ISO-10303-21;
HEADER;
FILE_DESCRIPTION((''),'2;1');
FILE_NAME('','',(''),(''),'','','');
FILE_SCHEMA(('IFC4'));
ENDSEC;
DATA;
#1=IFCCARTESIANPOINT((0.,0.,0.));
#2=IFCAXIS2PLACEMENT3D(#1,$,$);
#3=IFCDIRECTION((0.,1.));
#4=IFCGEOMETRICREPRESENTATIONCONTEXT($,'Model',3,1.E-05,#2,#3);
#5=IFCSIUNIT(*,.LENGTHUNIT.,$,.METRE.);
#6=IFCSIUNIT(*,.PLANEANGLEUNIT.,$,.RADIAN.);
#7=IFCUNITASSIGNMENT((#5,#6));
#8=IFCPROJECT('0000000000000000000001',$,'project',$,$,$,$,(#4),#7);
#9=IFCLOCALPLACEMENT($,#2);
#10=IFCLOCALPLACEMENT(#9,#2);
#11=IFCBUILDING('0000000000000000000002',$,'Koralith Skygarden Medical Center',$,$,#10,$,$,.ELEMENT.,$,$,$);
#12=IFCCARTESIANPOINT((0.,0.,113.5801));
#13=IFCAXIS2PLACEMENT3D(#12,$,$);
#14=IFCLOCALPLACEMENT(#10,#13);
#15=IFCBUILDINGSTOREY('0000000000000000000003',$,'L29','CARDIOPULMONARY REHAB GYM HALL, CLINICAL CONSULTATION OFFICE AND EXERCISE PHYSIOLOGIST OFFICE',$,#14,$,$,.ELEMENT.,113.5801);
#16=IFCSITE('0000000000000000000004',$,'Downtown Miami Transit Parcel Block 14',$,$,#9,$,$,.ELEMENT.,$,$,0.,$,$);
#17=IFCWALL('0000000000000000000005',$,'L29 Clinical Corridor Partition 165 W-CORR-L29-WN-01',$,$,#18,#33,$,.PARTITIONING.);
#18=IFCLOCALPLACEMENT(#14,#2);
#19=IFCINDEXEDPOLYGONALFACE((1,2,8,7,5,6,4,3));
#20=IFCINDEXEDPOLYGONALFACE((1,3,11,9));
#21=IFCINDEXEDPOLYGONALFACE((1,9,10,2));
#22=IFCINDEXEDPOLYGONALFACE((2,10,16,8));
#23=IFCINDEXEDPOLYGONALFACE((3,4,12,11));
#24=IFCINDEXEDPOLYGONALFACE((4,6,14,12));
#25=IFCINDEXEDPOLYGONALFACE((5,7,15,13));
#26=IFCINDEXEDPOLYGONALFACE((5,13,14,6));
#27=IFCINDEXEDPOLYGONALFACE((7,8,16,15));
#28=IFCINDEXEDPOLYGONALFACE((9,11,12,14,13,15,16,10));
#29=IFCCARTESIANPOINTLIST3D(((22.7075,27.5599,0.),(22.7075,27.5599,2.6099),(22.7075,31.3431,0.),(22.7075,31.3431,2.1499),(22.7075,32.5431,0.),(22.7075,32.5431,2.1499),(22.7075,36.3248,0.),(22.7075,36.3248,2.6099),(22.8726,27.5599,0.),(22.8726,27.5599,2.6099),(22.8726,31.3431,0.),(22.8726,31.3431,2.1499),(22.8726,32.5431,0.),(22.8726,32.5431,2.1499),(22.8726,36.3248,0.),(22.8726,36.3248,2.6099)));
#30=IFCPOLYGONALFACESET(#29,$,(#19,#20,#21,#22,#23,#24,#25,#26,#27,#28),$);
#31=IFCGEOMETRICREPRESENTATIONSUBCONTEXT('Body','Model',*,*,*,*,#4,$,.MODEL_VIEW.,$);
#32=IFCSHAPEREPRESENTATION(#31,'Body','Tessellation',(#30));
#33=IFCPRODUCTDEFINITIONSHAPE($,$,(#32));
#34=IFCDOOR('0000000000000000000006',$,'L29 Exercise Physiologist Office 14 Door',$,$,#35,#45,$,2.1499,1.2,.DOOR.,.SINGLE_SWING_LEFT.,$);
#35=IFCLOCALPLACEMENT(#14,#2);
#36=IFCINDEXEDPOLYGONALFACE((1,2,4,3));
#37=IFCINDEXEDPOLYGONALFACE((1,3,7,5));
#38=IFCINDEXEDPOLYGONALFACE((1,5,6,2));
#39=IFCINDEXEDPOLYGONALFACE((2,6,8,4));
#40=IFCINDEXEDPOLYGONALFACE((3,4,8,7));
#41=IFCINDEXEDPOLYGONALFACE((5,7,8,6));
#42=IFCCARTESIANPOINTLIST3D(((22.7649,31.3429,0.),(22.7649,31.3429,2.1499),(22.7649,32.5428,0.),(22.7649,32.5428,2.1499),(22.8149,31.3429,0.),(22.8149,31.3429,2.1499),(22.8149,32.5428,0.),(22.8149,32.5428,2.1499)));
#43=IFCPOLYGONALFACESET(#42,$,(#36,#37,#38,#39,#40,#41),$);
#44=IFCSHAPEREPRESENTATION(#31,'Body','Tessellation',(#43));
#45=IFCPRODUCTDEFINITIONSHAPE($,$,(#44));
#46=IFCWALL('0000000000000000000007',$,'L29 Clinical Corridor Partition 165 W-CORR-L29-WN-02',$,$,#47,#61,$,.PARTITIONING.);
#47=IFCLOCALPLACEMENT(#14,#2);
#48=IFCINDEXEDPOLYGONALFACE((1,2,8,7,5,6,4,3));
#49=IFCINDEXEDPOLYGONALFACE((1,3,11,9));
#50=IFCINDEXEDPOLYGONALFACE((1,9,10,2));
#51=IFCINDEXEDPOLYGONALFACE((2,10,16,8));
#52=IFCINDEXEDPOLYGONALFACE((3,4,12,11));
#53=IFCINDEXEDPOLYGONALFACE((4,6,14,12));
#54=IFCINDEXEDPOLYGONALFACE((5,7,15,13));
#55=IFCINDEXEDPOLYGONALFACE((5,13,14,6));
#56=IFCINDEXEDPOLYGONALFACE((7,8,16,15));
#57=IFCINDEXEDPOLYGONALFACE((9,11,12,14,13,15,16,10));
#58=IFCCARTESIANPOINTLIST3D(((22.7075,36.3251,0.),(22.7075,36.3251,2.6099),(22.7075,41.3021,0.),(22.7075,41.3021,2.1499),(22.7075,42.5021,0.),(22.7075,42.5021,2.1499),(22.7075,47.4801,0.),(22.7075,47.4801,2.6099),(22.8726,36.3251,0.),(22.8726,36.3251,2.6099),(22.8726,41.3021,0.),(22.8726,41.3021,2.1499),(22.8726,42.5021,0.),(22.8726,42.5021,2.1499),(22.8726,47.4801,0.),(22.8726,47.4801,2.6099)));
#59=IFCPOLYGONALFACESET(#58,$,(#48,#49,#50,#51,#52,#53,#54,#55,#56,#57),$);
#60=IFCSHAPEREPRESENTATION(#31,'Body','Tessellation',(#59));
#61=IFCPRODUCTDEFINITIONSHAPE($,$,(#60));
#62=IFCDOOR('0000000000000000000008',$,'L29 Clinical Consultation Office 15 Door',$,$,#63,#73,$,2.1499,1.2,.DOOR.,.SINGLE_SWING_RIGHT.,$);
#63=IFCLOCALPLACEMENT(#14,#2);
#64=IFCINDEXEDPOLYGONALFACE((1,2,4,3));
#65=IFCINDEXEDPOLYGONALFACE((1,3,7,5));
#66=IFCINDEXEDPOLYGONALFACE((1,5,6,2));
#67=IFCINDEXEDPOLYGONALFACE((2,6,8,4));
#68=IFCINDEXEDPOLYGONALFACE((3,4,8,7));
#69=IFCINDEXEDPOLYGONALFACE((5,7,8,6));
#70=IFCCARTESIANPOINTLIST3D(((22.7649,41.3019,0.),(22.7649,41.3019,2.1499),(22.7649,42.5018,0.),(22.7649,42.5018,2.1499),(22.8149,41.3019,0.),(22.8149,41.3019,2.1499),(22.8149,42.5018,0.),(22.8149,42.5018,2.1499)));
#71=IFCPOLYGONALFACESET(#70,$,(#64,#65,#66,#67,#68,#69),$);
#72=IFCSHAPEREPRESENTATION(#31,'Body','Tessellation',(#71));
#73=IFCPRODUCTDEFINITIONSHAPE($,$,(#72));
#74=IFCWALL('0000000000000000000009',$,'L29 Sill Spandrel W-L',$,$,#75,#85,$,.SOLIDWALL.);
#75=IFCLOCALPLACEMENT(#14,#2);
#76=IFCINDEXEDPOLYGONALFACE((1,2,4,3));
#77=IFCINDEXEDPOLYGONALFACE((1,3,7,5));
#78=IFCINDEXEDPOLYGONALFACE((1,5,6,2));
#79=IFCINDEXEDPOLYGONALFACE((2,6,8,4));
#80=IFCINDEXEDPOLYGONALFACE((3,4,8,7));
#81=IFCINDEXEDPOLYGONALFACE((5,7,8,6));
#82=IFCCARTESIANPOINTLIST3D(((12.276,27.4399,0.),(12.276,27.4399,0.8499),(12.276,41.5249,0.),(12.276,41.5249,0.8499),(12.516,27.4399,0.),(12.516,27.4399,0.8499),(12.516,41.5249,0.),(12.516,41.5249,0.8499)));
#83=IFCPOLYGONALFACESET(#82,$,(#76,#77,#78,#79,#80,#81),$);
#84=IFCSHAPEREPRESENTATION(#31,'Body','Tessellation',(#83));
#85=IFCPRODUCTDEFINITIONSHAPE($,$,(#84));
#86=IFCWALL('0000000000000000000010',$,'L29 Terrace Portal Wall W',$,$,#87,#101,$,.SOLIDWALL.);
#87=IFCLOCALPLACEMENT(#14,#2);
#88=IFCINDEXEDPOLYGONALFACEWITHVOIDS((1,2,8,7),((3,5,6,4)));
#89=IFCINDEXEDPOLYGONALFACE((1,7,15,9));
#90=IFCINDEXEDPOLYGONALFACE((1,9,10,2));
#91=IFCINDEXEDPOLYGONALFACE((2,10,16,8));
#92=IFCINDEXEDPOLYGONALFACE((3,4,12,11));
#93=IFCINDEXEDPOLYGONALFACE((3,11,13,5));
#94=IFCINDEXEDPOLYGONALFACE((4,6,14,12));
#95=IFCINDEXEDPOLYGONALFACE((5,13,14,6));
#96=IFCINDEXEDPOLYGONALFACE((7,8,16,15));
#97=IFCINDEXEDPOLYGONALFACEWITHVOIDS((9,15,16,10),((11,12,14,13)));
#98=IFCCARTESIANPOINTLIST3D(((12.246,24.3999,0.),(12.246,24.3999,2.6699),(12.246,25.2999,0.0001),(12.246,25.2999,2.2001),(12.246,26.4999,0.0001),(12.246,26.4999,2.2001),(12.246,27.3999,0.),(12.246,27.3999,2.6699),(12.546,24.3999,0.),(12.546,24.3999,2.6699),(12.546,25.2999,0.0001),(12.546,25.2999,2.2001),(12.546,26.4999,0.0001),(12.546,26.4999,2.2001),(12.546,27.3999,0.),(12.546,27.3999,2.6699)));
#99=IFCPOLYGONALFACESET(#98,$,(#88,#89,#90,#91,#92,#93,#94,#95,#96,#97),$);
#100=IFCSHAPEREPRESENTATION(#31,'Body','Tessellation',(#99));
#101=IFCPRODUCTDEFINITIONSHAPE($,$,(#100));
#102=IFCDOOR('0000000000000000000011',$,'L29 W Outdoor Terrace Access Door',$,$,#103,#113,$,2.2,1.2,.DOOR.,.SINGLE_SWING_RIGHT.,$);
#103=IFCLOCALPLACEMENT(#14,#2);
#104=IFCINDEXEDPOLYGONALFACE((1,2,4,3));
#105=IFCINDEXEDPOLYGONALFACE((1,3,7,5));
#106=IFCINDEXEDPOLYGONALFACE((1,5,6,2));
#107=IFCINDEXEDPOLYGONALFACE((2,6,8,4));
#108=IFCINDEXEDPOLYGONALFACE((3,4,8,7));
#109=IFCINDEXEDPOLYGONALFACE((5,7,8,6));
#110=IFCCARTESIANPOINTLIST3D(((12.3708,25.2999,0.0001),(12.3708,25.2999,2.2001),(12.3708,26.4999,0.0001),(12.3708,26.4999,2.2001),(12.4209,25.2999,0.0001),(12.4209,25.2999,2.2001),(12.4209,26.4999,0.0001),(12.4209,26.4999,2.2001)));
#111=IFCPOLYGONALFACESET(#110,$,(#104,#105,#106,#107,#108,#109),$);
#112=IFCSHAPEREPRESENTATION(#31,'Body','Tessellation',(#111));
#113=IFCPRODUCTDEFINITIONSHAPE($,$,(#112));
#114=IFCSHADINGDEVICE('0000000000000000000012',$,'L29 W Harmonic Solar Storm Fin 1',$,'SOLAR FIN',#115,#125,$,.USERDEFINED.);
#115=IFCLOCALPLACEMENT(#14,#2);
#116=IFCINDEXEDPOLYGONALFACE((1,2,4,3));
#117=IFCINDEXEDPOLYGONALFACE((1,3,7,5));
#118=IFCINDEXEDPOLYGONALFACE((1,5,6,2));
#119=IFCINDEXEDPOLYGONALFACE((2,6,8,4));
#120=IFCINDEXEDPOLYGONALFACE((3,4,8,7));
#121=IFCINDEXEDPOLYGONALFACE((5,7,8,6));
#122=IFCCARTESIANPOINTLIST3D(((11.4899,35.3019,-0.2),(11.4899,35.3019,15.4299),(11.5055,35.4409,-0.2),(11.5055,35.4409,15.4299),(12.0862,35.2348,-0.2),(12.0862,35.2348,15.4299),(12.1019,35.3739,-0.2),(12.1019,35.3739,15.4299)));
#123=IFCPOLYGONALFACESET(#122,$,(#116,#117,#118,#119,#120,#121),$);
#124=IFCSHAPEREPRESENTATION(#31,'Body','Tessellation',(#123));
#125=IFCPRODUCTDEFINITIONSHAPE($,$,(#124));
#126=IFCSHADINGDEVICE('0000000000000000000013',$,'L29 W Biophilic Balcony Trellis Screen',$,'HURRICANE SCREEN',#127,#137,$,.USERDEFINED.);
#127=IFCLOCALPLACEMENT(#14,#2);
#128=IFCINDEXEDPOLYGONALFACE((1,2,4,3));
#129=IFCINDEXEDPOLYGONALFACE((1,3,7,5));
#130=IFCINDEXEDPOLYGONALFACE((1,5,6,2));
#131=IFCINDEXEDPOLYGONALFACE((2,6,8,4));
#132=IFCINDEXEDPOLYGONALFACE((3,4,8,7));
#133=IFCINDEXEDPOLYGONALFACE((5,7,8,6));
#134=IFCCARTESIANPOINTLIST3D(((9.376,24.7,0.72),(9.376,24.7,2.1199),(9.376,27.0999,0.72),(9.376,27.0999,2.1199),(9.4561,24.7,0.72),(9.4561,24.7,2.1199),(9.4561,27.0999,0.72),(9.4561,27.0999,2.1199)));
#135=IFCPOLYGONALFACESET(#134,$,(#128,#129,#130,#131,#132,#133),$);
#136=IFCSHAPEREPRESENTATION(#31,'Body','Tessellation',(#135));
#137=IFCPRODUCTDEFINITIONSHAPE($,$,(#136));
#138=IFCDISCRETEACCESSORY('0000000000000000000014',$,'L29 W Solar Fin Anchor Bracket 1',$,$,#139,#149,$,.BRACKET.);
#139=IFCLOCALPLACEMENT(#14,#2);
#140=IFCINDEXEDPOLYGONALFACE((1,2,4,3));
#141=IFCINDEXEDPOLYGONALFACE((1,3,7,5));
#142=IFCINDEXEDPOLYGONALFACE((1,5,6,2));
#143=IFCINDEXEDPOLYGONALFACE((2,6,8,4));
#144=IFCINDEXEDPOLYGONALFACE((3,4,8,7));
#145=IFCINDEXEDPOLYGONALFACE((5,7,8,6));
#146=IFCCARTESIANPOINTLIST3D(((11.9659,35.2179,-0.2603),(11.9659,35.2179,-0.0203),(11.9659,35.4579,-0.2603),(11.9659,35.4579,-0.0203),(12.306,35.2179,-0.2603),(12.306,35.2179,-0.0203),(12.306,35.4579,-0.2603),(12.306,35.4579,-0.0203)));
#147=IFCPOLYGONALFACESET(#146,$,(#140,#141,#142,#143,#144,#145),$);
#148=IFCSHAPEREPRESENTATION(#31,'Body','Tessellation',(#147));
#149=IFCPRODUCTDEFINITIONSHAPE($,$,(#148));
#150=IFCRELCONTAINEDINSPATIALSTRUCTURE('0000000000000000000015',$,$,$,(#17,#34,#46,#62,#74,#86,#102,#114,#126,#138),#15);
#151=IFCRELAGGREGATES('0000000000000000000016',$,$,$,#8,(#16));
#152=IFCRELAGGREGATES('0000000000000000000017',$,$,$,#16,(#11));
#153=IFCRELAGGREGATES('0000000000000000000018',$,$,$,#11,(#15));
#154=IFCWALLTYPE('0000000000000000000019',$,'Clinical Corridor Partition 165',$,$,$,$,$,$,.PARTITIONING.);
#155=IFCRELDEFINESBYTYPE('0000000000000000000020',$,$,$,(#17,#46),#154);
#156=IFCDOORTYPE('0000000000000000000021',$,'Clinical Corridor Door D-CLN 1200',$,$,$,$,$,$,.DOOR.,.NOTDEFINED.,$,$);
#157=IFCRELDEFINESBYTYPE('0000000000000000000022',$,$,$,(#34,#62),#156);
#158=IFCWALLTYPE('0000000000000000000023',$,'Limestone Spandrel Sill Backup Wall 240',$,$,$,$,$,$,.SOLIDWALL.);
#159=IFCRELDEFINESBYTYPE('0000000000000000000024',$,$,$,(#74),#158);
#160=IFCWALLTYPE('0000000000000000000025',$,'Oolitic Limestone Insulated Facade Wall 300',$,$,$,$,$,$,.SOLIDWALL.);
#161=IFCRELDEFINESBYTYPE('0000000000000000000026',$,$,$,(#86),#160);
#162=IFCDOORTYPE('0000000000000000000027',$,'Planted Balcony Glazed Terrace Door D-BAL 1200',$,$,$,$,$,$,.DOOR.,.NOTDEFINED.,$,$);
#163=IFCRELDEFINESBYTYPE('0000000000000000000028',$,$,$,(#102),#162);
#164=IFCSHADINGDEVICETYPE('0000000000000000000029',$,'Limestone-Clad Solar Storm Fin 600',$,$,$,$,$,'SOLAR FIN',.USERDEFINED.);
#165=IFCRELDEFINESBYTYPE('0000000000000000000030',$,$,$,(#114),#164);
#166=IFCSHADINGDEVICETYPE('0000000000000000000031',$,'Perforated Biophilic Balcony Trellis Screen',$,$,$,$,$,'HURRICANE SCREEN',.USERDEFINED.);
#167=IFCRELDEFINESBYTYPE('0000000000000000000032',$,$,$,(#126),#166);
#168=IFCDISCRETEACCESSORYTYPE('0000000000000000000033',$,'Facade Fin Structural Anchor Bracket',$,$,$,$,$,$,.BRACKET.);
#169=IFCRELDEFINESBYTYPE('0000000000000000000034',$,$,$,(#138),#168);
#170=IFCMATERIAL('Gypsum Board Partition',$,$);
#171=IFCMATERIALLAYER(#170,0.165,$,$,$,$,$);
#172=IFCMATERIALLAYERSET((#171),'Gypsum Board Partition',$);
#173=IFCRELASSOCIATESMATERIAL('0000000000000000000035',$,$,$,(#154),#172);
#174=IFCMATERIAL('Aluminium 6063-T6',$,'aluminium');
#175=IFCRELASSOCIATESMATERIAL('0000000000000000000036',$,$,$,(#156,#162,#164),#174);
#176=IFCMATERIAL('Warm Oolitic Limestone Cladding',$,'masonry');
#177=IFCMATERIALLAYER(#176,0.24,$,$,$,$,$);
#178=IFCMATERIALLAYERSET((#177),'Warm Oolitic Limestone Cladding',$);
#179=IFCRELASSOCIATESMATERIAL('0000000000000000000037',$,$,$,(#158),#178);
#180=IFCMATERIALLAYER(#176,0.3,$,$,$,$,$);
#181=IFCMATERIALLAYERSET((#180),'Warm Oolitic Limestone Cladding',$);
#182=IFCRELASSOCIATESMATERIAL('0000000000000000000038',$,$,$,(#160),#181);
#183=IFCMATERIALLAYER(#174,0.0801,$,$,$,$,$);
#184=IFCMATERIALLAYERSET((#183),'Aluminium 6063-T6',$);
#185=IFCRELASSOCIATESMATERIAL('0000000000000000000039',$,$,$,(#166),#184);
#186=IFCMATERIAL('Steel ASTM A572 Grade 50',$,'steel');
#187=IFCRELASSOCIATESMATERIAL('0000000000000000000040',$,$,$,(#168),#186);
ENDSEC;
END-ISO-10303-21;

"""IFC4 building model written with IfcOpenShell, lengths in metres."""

from ifc_helpers import new_model, si_unit, direction, frame, frame_2d, origin, origin_2d, place, context, subcontext, project, spatial, rectangle, extrude, material, layer, layer_set, type_object, element, fill, save


model = new_model("IFC4")

# Units and contexts
model_context = context("Model", 3, precision=1e-05, world=origin(), true_north=direction((0.0, 1.0)))
body_context = subcontext(model_context, "Body", "Model", "MODEL_VIEW")
ifc_project = project(units=[si_unit("LENGTHUNIT", "METRE"), si_unit("PLANEANGLEUNIT", "RADIAN")], contexts=[model_context])

# Site, building, storey
site_placement = place(None, origin())
site = spatial("IfcSite", under=ifc_project, at=site_placement, Name="Downtown Miami Transit Parcel Block 14", CompositionType="ELEMENT", RefElevation=0.0)
building_placement = place(site_placement, origin())
building = spatial("IfcBuilding", under=site, at=building_placement, Name="Koralith Skygarden Medical Center", CompositionType="ELEMENT")
storey_placement = place(building_placement, frame((0.0, 0.0, 113.5801)))
storey = spatial("IfcBuildingStorey", under=building, at=storey_placement, Name="L29", Description="CARDIOPULMONARY REHAB GYM HALL, CLINICAL CONSULTATION OFFICE AND EXERCISE PHYSIOLOGIST OFFICE", CompositionType="ELEMENT", Elevation=113.5801)

# Shared definitions
ifc_material_1 = material(Name="Aluminium 6063-T6", Category="aluminium")

# Shared definitions
ifc_material_2 = material(Name="Gypsum Board Partition")
ifc_layer_1 = layer(ifc_material_2, 0.165)
ifc_layer_set_1 = layer_set([ifc_layer_1], Name="Gypsum Board Partition")
wall_type_1 = type_object("IfcWallType", Name="Clinical Corridor Partition 165", PredefinedType="PARTITIONING", material=ifc_layer_set_1)

# Walls, openings, doors
wall_1_placement = place(storey_placement, frame((22.79, 27.5601, 0.0), z_axis=(0.0, 0.0, 1.0), x_axis=(0.0, 1.0, 0.0)))
wall_1 = element("IfcWall", 1, at=wall_1_placement, inside=storey, type_object=wall_type_1, Name="L29 Clinical Corridor Partition 165 W-CORR-L29-WN-01", PredefinedType="PARTITIONING", context=body_context, shape_type="SweptSolid", body=[
    extrude(rectangle(XDim=8.7649, YDim=0.165, at=frame_2d((4.3823, 0.0))), origin(), (0.0, 0.0, 1.0), 2.6099),
])
opening_1_placement = place(wall_1_placement, frame((3.783, 0.0, 0.0)))
opening_1 = element("IfcOpeningElement", 2, at=opening_1_placement, cuts=wall_1, PredefinedType="OPENING", context=body_context, shape_type="SweptSolid", body=[
    extrude(rectangle(XDim=1.2, YDim=2.1499, at=frame_2d((0.6001, 1.075))), frame((0.0, 0.0925, 0.0), z_axis=(0.0, -1.0, 0.0), x_axis=(1.0, 0.0, 0.0)), (0.0, 0.0, 1.0), 0.1851),
])
door_type_1 = type_object("IfcDoorType", Name="Clinical Corridor Door D-CLN 1200", OperationType="NOTDEFINED", PredefinedType="DOOR", material=ifc_material_1)
door_1_placement = place(opening_1_placement, frame((1.2, 0.0, 0.0), z_axis=(0.0, 0.0, 1.0), x_axis=(-1.0, 0.0, 0.0)))
door_1 = element("IfcDoor", 3, at=door_1_placement, inside=storey, type_object=door_type_1, Name="L29 Exercise Physiologist Office 14 Door", OperationType="SINGLE_SWING_LEFT", OverallHeight=2.1499, OverallWidth=1.2, PredefinedType="DOOR", context=body_context, shape_type="SweptSolid", body=[
    extrude(rectangle(XDim=1.2, YDim=2.1499, at=frame_2d((0.6001, 1.075))), frame((0.0, 0.0249, 0.0), z_axis=(0.0, -1.0, 0.0), x_axis=(1.0, 0.0, 0.0)), (0.0, 0.0, 1.0), 0.05),
])
fill(opening_1, door_1)
wall_2_placement = place(storey_placement, frame((22.79, 36.325, 0.0), z_axis=(0.0, 0.0, 1.0), x_axis=(0.0, 1.0, 0.0)))
wall_2 = element("IfcWall", 4, at=wall_2_placement, inside=storey, type_object=wall_type_1, Name="L29 Clinical Corridor Partition 165 W-CORR-L29-WN-02", PredefinedType="PARTITIONING", context=body_context, shape_type="SweptSolid", body=[
    extrude(rectangle(XDim=11.155, YDim=0.165, at=frame_2d((5.5776, 0.0))), origin(), (0.0, 0.0, 1.0), 2.6099),
])
opening_2_placement = place(wall_2_placement, frame((4.9771, 0.0, 0.0)))
opening_2 = element("IfcOpeningElement", 5, at=opening_2_placement, cuts=wall_2, PredefinedType="OPENING", context=body_context, shape_type="SweptSolid", body=[
    extrude(rectangle(XDim=1.2, YDim=2.1499, at=frame_2d((0.6001, 1.075))), frame((0.0, 0.0925, 0.0), z_axis=(0.0, -1.0, 0.0), x_axis=(1.0, 0.0, 0.0)), (0.0, 0.0, 1.0), 0.1851),
])
door_2_placement = place(opening_2_placement, frame((1.2, 0.0, 0.0), z_axis=(0.0, 0.0, 1.0), x_axis=(-1.0, 0.0, 0.0)))
door_2 = element("IfcDoor", 6, at=door_2_placement, inside=storey, type_object=door_type_1, Name="L29 Clinical Consultation Office 15 Door", OperationType="SINGLE_SWING_RIGHT", OverallHeight=2.1499, OverallWidth=1.2, PredefinedType="DOOR", context=body_context, shape_type="SweptSolid", body=[
    extrude(rectangle(XDim=1.2, YDim=2.1499, at=frame_2d((0.6001, 1.075))), frame((0.0, 0.0249, 0.0), z_axis=(0.0, -1.0, 0.0), x_axis=(1.0, 0.0, 0.0)), (0.0, 0.0, 1.0), 0.05),
])
fill(opening_2, door_2)

# Wall
ifc_material_3 = material(Name="Warm Oolitic Limestone Cladding", Category="masonry")
ifc_layer_2 = layer(ifc_material_3, 0.24)
ifc_layer_set_2 = layer_set([ifc_layer_2], Name="Warm Oolitic Limestone Cladding")
wall_type_2 = type_object("IfcWallType", Name="Limestone Spandrel Sill Backup Wall 240", PredefinedType="SOLIDWALL", material=ifc_layer_set_2)
wall_3_placement = place(storey_placement, frame((12.396, 41.5249, 0.0), z_axis=(0.0, 0.0, 1.0), x_axis=(0.0, -1.0, 0.0)))
element("IfcWall", 7, at=wall_3_placement, inside=storey, type_object=wall_type_2, Name="L29 Sill Spandrel W-L", PredefinedType="SOLIDWALL", context=body_context, shape_type="SweptSolid", body=[
    extrude(rectangle(XDim=14.085, YDim=0.24, at=frame_2d((7.0425, 0.0))), origin(), (0.0, 0.0, 1.0), 0.8499),
])

# Wall, opening, door
ifc_layer_3 = layer(ifc_material_3, 0.3)
ifc_layer_set_3 = layer_set([ifc_layer_3], Name="Warm Oolitic Limestone Cladding")
wall_type_3 = type_object("IfcWallType", Name="Oolitic Limestone Insulated Facade Wall 300", PredefinedType="SOLIDWALL", material=ifc_layer_set_3)
wall_4_placement = place(storey_placement, frame((12.396, 27.3999, 0.0), z_axis=(0.0, 0.0, 1.0), x_axis=(0.0, -1.0, 0.0)))
wall_4 = element("IfcWall", 8, at=wall_4_placement, inside=storey, type_object=wall_type_3, Name="L29 Terrace Portal Wall W", PredefinedType="SOLIDWALL", context=body_context, shape_type="SweptSolid", body=[
    extrude(rectangle(XDim=3.0, YDim=0.3, at=frame_2d((1.5, 0.0))), origin(), (0.0, 0.0, 1.0), 2.6699),
])
opening_3_placement = place(wall_4_placement, frame((0.8999, 0.0, 0.0)))
opening_3 = element("IfcOpeningElement", 9, at=opening_3_placement, cuts=wall_4, PredefinedType="OPENING", context=body_context, shape_type="SweptSolid", body=[
    extrude(rectangle(XDim=1.2, YDim=2.2, at=frame_2d((0.6001, 1.1001))), frame((0.0, 0.1599, 0.0), z_axis=(0.0, -1.0, 0.0), x_axis=(1.0, 0.0, 0.0)), (0.0, 0.0, 1.0), 0.3201),
])
door_type_2 = type_object("IfcDoorType", Name="Planted Balcony Glazed Terrace Door D-BAL 1200", OperationType="NOTDEFINED", PredefinedType="DOOR", material=ifc_material_1)
door_3_placement = place(opening_3_placement, origin())
door_3 = element("IfcDoor", 10, at=door_3_placement, inside=storey, type_object=door_type_2, Name="L29 W Outdoor Terrace Access Door", OperationType="SINGLE_SWING_RIGHT", OverallHeight=2.2, OverallWidth=1.2, PredefinedType="DOOR", context=body_context, shape_type="SweptSolid", body=[
    extrude(rectangle(XDim=1.2, YDim=2.2, at=frame_2d((0.6001, 1.1001))), frame((0.0, 0.0249, 0.0), z_axis=(0.0, -1.0, 0.0), x_axis=(1.0, 0.0, 0.0)), (0.0, 0.0, 1.0), 0.05),
])
fill(opening_3, door_3)

# Shading devices
shading_device_type_1 = type_object("IfcShadingDeviceType", Name="Limestone-Clad Solar Storm Fin 600", ElementType="SOLAR FIN", PredefinedType="USERDEFINED", material=ifc_material_1)
shading_device_1_placement = place(storey_placement, frame((11.7959, 35.3379, -0.2), z_axis=(0.0, 0.0, 1.0), x_axis=(-0.993733, 0.111781, 0.0)))
element("IfcShadingDevice", 11, at=shading_device_1_placement, inside=storey, type_object=shading_device_type_1, Name="L29 W Harmonic Solar Storm Fin 1", ObjectType="SOLAR FIN", PredefinedType="USERDEFINED", context=body_context, shape_type="SweptSolid", body=[
    extrude(rectangle(XDim=0.6001, YDim=0.1399, at=origin_2d()), origin(), (0.0, 0.0, 1.0), 15.6299),
])
ifc_layer_4 = layer(ifc_material_1, 0.0801)
ifc_layer_set_4 = layer_set([ifc_layer_4], Name="Aluminium 6063-T6")
shading_device_type_2 = type_object("IfcShadingDeviceType", Name="Perforated Biophilic Balcony Trellis Screen", ElementType="HURRICANE SCREEN", PredefinedType="USERDEFINED", material=ifc_layer_set_4)
shading_device_2_placement = place(storey_placement, frame((9.416, 25.8999, 0.72), z_axis=(0.0, 0.0, 1.0), x_axis=(0.0, 1.0, 0.0)))
element("IfcShadingDevice", 12, at=shading_device_2_placement, inside=storey, type_object=shading_device_type_2, Name="L29 W Biophilic Balcony Trellis Screen", ObjectType="HURRICANE SCREEN", PredefinedType="USERDEFINED", context=body_context, shape_type="SweptSolid", body=[
    extrude(rectangle(XDim=2.3999, YDim=0.0801, at=origin_2d()), origin(), (0.0, 0.0, 1.0), 1.3999),
])

# Discrete accessory
ifc_material_4 = material(Name="Steel ASTM A572 Grade 50", Category="steel")
discrete_accessory_type = type_object("IfcDiscreteAccessoryType", Name="Facade Fin Structural Anchor Bracket", PredefinedType="BRACKET", material=ifc_material_4)
discrete_accessory_placement = place(storey_placement, frame((12.136, 35.3379, -0.2603), z_axis=(0.0, 0.0, 1.0), x_axis=(-1.0, 0.0, 0.0)))
element("IfcDiscreteAccessory", 13, at=discrete_accessory_placement, inside=storey, type_object=discrete_accessory_type, Name="L29 W Solar Fin Anchor Bracket 1", PredefinedType="BRACKET", context=body_context, shape_type="SweptSolid", body=[
    extrude(rectangle(XDim=0.3401, YDim=0.24, at=origin_2d()), origin(), (0.0, 0.0, 1.0), 0.24),
])

save(model, "model.ifc")
